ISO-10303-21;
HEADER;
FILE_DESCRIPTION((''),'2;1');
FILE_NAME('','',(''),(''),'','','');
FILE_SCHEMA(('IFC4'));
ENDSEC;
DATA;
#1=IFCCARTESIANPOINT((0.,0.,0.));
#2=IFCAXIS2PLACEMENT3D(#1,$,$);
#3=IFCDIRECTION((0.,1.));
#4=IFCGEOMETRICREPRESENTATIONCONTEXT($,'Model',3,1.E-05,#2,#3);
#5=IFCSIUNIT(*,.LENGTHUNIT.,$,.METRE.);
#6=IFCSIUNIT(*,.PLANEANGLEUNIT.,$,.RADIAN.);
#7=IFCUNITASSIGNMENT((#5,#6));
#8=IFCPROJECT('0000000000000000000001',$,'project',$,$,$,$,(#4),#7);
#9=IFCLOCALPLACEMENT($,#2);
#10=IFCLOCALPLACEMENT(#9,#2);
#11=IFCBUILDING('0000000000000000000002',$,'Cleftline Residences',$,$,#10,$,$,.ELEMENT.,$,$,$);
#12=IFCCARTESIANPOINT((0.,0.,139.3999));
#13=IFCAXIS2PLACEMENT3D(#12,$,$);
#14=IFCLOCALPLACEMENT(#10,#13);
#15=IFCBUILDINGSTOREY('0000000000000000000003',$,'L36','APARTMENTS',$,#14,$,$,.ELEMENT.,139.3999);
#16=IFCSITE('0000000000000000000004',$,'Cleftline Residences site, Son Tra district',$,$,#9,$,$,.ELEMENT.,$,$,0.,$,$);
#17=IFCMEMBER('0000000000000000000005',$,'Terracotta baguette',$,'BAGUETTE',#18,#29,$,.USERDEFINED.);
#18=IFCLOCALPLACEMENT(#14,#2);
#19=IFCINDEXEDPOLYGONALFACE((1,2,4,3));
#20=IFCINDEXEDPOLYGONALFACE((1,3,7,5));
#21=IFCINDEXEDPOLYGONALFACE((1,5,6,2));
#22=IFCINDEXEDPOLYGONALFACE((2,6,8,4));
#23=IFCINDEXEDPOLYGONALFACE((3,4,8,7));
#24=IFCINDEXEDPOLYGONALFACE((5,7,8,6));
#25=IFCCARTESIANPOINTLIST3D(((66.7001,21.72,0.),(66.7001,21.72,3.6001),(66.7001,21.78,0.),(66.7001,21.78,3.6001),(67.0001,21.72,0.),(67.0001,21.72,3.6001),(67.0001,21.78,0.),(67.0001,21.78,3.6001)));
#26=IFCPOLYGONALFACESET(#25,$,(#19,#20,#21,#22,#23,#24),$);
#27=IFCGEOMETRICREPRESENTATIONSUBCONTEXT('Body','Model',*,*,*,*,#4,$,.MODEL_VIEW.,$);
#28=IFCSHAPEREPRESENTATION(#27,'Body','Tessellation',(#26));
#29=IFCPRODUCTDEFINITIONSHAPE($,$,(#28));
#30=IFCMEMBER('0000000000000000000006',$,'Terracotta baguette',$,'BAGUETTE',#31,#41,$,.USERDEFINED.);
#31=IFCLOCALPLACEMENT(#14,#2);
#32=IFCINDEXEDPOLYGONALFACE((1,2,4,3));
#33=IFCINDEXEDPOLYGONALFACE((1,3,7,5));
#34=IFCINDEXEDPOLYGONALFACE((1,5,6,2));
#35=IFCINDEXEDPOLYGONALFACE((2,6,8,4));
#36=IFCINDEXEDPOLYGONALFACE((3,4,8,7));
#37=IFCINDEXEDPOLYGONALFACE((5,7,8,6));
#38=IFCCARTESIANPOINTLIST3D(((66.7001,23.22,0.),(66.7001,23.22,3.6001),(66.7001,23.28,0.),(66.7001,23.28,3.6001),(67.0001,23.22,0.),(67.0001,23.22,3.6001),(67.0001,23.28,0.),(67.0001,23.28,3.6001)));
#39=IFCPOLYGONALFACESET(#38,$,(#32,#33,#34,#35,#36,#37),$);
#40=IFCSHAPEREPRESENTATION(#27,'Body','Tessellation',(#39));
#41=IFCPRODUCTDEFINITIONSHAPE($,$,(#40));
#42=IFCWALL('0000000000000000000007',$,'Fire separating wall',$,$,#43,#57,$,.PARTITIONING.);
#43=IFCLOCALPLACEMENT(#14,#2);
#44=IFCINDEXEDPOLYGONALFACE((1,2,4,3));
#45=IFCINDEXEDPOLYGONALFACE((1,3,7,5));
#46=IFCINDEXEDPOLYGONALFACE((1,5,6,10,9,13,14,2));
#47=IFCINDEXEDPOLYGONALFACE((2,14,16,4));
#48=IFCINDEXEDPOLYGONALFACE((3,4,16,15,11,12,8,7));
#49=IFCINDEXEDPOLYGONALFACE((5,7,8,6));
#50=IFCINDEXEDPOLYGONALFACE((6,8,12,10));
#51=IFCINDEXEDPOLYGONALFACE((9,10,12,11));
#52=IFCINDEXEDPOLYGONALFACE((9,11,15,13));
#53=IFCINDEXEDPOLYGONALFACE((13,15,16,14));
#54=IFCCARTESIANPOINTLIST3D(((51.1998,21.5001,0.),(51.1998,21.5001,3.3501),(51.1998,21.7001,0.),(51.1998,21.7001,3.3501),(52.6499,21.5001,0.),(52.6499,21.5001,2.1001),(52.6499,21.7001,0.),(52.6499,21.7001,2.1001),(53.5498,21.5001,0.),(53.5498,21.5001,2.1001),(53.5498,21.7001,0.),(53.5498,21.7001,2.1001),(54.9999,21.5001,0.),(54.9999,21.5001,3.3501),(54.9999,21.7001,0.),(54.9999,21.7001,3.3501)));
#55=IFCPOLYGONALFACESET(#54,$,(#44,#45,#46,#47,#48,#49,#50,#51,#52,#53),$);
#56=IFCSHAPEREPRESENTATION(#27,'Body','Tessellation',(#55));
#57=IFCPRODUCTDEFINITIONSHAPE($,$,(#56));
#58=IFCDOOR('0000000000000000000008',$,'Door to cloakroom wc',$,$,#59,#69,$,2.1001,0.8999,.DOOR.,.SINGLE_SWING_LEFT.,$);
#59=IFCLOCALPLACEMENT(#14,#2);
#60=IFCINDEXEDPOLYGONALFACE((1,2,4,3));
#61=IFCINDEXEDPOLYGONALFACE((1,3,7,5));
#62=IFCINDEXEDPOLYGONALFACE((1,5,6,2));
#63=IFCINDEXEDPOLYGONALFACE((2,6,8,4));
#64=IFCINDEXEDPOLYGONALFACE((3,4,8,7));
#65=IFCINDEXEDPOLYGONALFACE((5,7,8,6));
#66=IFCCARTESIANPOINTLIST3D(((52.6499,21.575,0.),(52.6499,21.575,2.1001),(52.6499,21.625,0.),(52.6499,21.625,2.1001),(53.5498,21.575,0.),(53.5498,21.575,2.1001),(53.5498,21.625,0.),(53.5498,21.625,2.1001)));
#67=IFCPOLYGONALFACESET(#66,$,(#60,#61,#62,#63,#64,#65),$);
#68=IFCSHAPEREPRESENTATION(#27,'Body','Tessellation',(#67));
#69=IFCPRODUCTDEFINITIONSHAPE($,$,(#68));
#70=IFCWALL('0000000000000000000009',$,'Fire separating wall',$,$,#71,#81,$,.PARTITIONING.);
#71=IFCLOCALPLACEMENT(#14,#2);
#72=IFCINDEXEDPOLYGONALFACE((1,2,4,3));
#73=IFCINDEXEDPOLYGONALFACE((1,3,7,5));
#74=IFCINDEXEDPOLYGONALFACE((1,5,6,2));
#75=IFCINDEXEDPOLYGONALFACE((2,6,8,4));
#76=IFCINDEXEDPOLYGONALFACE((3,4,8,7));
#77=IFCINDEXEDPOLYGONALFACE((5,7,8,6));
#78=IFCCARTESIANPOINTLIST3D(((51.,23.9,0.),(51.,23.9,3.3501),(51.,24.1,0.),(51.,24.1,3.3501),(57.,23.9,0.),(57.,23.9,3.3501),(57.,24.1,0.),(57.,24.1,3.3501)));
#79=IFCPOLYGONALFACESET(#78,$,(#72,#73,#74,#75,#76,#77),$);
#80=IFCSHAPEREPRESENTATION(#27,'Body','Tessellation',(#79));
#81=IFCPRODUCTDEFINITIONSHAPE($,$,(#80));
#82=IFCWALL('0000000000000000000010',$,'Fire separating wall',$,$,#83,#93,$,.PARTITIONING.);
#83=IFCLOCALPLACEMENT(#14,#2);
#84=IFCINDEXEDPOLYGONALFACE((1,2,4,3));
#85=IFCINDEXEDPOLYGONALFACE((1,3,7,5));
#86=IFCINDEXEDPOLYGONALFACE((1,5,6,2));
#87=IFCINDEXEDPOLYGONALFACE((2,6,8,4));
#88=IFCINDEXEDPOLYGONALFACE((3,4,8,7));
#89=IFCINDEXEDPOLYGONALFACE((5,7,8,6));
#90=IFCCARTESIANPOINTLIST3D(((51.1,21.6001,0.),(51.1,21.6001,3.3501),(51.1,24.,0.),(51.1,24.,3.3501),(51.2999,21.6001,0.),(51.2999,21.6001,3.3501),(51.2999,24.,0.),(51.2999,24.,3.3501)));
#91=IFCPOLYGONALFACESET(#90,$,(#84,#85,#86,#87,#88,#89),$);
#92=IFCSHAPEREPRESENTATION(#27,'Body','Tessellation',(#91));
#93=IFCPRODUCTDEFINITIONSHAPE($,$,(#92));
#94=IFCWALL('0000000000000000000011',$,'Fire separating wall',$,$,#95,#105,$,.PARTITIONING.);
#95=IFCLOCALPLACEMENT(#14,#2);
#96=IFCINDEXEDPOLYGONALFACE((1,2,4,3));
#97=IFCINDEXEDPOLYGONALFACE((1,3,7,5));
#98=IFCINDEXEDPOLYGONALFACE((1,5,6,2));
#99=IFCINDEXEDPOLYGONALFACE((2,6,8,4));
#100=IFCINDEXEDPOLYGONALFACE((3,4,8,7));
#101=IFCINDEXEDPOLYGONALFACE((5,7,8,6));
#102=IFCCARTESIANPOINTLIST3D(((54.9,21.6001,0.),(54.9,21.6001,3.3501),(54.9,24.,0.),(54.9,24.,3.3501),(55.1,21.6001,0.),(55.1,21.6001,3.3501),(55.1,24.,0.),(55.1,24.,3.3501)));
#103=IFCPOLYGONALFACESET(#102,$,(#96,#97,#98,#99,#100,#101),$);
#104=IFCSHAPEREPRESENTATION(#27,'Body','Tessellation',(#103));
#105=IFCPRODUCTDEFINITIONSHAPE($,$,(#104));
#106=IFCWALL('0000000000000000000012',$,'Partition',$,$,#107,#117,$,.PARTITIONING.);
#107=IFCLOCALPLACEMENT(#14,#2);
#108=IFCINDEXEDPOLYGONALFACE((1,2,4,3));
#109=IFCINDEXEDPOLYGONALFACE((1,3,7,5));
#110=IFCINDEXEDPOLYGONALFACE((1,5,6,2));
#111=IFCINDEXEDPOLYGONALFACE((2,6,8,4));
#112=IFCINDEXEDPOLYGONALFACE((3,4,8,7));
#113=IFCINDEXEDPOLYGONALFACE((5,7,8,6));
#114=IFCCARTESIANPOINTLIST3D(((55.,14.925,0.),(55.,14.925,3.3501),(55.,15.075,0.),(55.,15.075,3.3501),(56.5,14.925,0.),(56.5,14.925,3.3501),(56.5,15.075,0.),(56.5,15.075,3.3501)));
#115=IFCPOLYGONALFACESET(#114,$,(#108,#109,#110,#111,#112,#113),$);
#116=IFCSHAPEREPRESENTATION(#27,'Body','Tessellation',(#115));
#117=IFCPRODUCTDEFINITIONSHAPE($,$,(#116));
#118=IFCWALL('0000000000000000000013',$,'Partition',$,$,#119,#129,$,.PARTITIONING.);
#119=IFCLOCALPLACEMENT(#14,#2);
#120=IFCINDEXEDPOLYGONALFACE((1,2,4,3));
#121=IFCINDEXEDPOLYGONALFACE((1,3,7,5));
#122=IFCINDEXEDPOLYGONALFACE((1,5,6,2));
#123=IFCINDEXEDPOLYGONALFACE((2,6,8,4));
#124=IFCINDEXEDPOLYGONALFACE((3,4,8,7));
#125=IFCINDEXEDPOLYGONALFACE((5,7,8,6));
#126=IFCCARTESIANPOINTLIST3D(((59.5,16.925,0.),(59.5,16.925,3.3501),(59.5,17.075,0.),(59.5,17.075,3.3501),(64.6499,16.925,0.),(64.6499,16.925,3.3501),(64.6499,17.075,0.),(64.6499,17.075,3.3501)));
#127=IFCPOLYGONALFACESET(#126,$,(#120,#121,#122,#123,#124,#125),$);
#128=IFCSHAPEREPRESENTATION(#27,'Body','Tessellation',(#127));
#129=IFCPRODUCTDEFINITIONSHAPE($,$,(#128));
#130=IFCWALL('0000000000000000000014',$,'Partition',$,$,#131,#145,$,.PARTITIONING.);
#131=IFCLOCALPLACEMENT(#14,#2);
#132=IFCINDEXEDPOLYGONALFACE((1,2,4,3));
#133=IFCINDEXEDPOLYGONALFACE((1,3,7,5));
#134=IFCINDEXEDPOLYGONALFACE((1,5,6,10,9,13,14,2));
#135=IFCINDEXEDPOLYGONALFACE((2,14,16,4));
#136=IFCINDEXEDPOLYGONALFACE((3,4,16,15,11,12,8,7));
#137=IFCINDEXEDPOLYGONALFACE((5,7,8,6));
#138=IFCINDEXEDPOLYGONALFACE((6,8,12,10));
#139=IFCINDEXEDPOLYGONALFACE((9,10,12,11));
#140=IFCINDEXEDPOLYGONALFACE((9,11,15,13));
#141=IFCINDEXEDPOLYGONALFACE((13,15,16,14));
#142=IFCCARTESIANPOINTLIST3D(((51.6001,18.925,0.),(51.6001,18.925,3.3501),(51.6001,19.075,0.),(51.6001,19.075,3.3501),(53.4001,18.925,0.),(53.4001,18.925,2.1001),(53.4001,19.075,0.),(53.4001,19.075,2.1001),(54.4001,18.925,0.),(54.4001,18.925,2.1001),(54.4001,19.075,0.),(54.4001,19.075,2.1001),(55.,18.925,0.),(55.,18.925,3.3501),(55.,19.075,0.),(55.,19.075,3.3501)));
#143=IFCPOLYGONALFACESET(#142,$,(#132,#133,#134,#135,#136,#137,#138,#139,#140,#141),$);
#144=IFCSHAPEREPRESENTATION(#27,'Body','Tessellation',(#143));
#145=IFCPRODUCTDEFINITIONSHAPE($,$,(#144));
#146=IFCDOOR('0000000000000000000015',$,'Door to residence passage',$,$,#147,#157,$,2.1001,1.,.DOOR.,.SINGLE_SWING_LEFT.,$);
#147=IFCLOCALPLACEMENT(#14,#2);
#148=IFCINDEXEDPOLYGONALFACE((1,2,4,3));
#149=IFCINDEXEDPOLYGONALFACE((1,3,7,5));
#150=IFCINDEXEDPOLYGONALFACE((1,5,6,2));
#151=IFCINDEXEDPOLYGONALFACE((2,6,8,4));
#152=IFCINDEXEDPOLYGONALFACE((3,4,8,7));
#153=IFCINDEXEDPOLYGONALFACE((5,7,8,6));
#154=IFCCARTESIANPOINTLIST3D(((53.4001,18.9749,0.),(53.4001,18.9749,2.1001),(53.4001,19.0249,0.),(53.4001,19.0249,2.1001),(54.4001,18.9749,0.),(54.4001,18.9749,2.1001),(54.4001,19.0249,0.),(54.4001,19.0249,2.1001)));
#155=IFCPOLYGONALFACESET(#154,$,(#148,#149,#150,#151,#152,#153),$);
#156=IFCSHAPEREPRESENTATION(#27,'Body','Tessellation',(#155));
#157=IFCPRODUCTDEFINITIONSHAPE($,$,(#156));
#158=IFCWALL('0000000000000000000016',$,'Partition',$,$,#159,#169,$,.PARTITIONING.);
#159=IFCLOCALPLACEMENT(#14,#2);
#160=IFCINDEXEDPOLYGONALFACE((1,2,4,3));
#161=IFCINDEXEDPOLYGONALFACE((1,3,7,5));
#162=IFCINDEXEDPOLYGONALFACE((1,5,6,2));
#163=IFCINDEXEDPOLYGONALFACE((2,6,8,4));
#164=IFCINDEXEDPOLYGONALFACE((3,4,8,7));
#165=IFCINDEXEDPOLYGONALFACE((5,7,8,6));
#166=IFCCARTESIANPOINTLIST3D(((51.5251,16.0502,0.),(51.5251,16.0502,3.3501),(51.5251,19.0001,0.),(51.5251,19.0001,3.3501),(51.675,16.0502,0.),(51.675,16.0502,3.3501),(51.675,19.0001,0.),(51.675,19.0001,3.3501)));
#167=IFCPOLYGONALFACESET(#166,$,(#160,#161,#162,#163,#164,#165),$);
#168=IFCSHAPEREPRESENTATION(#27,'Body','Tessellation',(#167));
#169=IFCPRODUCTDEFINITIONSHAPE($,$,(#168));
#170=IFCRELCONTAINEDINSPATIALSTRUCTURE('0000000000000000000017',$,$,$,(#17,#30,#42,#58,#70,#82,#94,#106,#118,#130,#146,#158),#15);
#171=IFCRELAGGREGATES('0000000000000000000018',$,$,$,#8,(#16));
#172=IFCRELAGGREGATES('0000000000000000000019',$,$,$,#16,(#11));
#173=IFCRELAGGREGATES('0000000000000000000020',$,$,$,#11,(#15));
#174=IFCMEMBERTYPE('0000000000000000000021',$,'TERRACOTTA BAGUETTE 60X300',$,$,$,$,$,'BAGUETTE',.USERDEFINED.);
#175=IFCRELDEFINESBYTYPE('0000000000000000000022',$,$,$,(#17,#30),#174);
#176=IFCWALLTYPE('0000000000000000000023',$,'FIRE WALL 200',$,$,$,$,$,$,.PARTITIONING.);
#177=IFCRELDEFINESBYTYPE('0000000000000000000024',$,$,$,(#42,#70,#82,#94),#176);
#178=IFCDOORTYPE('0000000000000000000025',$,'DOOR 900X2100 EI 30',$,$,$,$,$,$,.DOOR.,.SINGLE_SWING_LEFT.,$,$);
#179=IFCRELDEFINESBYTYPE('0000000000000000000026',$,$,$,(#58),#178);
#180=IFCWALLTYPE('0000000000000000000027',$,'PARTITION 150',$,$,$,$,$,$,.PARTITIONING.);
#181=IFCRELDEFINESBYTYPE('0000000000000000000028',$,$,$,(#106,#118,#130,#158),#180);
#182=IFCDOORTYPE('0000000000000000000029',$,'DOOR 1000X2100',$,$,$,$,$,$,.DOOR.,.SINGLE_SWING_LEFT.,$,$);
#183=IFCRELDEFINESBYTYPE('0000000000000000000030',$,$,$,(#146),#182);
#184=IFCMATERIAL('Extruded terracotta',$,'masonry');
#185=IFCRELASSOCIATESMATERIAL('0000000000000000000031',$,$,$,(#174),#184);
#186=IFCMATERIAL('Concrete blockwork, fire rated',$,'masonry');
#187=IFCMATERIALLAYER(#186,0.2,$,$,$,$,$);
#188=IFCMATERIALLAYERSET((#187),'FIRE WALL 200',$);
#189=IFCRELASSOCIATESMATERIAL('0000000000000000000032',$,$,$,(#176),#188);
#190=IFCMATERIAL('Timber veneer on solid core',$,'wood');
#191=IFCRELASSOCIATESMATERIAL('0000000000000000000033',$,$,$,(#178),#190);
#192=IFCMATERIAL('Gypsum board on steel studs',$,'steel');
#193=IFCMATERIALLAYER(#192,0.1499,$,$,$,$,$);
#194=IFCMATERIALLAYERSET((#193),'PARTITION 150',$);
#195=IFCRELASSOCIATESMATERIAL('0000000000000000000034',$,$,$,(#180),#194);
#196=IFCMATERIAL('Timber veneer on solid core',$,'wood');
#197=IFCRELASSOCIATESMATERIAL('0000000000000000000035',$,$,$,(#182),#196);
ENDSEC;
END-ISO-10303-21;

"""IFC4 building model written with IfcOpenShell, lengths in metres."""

from ifc_helpers import new_model, si_unit, direction, frame, frame_2d, origin, origin_2d, place, context, subcontext, project, spatial, rectangle, extrude, material, layer, layer_set, material_profile, profile_set, type_object, element, fill, save


model = new_model("IFC4")

# Units and contexts
model_context = context("Model", 3, precision=1e-05, world=origin(), true_north=direction((0.0, 1.0)))
body_context = subcontext(model_context, "Body", "Model", "MODEL_VIEW")
ifc_project = project(units=[si_unit("LENGTHUNIT", "METRE"), si_unit("PLANEANGLEUNIT", "RADIAN")], contexts=[model_context])

# Site, building, storey
site_placement = place(None, origin())
site = spatial("IfcSite", under=ifc_project, at=site_placement, Name="Cleftline Residences site, Son Tra district", CompositionType="ELEMENT", RefElevation=0.0)
building_placement = place(site_placement, origin())
building = spatial("IfcBuilding", under=site, at=building_placement, Name="Cleftline Residences", CompositionType="ELEMENT")
storey_placement = place(building_placement, frame((0.0, 0.0, 139.3999)))
storey = spatial("IfcBuildingStorey", under=building, at=storey_placement, Name="L36", Description="APARTMENTS", CompositionType="ELEMENT", Elevation=139.3999)

# Members
ifc_material_1 = material(Name="Extruded terracotta", Category="masonry")
ifc_material_profile_1 = material_profile(ifc_material_1, rectangle(XDim=0.0601, YDim=0.3, at=origin_2d()))
ifc_profile_set_1 = profile_set([ifc_material_profile_1], Name="Extruded terracotta")
member_type_1 = type_object("IfcMemberType", Name="TERRACOTTA BAGUETTE 60X300", ElementType="BAGUETTE", PredefinedType="USERDEFINED", material=ifc_profile_set_1)
for number, where, z_axis, x_axis, name in (
    (1, (66.8501, 21.75, 0.0), (0.0, 0.0, 1.0), (0.0, 1.0, 0.0), "Terracotta baguette"),
    (2, (66.8501, 23.25, 0.0), (0.0, 0.0, 1.0), (0.0, 1.0, 0.0), "Terracotta baguette"),
):
    element("IfcMember", number, at=place(storey_placement, frame(where, z_axis=z_axis, x_axis=x_axis)), inside=storey, type_object=member_type_1, Name=name, ObjectType="BAGUETTE", PredefinedType="USERDEFINED", context=body_context, shape_type="SweptSolid", body=[
        extrude(rectangle(XDim=0.0601, YDim=0.3, at=origin_2d()), origin(), (0.0, 0.0, 1.0), 3.6001),
    ])

# Wall, opening, door
ifc_material_2 = material(Name="Concrete blockwork, fire rated", Category="masonry")
ifc_layer_1 = layer(ifc_material_2, 0.2)
ifc_layer_set_1 = layer_set([ifc_layer_1], Name="FIRE WALL 200")
wall_type_1 = type_object("IfcWallType", Name="FIRE WALL 200", PredefinedType="PARTITIONING", material=ifc_layer_set_1)
wall_1_placement = place(storey_placement, frame((51.2, 21.6001, 0.0), z_axis=(0.0, 0.0, 1.0), x_axis=(1.0, 0.0, 0.0)))
wall_1 = element("IfcWall", 3, at=wall_1_placement, inside=storey, type_object=wall_type_1, Name="Fire separating wall", PredefinedType="PARTITIONING", context=body_context, shape_type="SweptSolid", body=[
    extrude(rectangle(XDim=3.8, YDim=0.2, at=frame_2d((1.8999, 0.0))), origin(), (0.0, 0.0, 1.0), 3.3501),
])
opening_1_placement = place(wall_1_placement, frame((1.45, 0.0, 0.0)))
opening_1 = element("IfcOpeningElement", 4, at=opening_1_placement, cuts=wall_1, PredefinedType="OPENING", context=body_context, shape_type="SweptSolid", body=[
    extrude(rectangle(XDim=0.8999, YDim=2.1001, at=frame_2d((0.45, 1.05))), frame((0.0, 0.1099, 0.0), z_axis=(0.0, -1.0, 0.0), x_axis=(1.0, 0.0, 0.0)), (0.0, 0.0, 1.0), 0.22),
])
ifc_material_3 = material(Name="Timber veneer on solid core", Category="wood")
door_type_1 = type_object("IfcDoorType", Name="DOOR 900X2100 EI 30", OperationType="SINGLE_SWING_LEFT", PredefinedType="DOOR", material=ifc_material_3)
door_1_placement = place(opening_1_placement, origin())
door_1 = element("IfcDoor", 5, at=door_1_placement, inside=storey, type_object=door_type_1, Name="Door to cloakroom wc", OperationType="SINGLE_SWING_LEFT", OverallHeight=2.1001, OverallWidth=0.8999, PredefinedType="DOOR", context=body_context, shape_type="SweptSolid", body=[
    extrude(rectangle(XDim=0.8999, YDim=2.1001, at=frame_2d((0.45, 1.05))), frame((0.0, 0.0249, 0.0), z_axis=(0.0, -1.0, 0.0), x_axis=(1.0, 0.0, 0.0)), (0.0, 0.0, 1.0), 0.05),
])
fill(opening_1, door_1)

# Walls
wall_2_placement = place(storey_placement, frame((51.0, 24.0, 0.0), z_axis=(0.0, 0.0, 1.0), x_axis=(1.0, 0.0, 0.0)))
element("IfcWall", 6, at=wall_2_placement, inside=storey, type_object=wall_type_1, Name="Fire separating wall", PredefinedType="PARTITIONING", context=body_context, shape_type="SweptSolid", body=[
    extrude(rectangle(XDim=6.0, YDim=0.2, at=frame_2d((3.0, 0.0))), origin(), (0.0, 0.0, 1.0), 3.3501),
])
for number, where, z_axis, x_axis, name in (
    (7, (51.2, 21.6001, 0.0), (0.0, 0.0, 1.0), (0.0, 1.0, 0.0), "Fire separating wall"),
    (8, (55.0, 21.6001, 0.0), (0.0, 0.0, 1.0), (0.0, 1.0, 0.0), "Fire separating wall"),
):
    element("IfcWall", number, at=place(storey_placement, frame(where, z_axis=z_axis, x_axis=x_axis)), inside=storey, type_object=wall_type_1, Name=name, PredefinedType="PARTITIONING", context=body_context, shape_type="SweptSolid", body=[
        extrude(rectangle(XDim=2.3999, YDim=0.2, at=frame_2d((1.2, 0.0))), origin(), (0.0, 0.0, 1.0), 3.3501),
    ])
ifc_material_4 = material(Name="Gypsum board on steel studs", Category="steel")
ifc_layer_2 = layer(ifc_material_4, 0.1499)
ifc_layer_set_2 = layer_set([ifc_layer_2], Name="PARTITION 150")
wall_type_2 = type_object("IfcWallType", Name="PARTITION 150", PredefinedType="PARTITIONING", material=ifc_layer_set_2)
wall_3_placement = place(storey_placement, frame((55.0, 15.0, 0.0), z_axis=(0.0, 0.0, 1.0), x_axis=(1.0, 0.0, 0.0)))
element("IfcWall", 9, at=wall_3_placement, inside=storey, type_object=wall_type_2, Name="Partition", PredefinedType="PARTITIONING", context=body_context, shape_type="SweptSolid", body=[
    extrude(rectangle(XDim=1.5, YDim=0.1499, at=frame_2d((0.75, 0.0))), origin(), (0.0, 0.0, 1.0), 3.3501),
])
wall_4_placement = place(storey_placement, frame((59.5, 17.0, 0.0), z_axis=(0.0, 0.0, 1.0), x_axis=(1.0, 0.0, 0.0)))
element("IfcWall", 10, at=wall_4_placement, inside=storey, type_object=wall_type_2, Name="Partition", PredefinedType="PARTITIONING", context=body_context, shape_type="SweptSolid", body=[
    extrude(rectangle(XDim=5.1499, YDim=0.1499, at=frame_2d((2.575, 0.0))), origin(), (0.0, 0.0, 1.0), 3.3501),
])

# Wall, opening, door
wall_5_placement = place(storey_placement, frame((51.6001, 19.0, 0.0), z_axis=(0.0, 0.0, 1.0), x_axis=(1.0, 0.0, 0.0)))
wall_5 = element("IfcWall", 11, at=wall_5_placement, inside=storey, type_object=wall_type_2, Name="Partition", PredefinedType="PARTITIONING", context=body_context, shape_type="SweptSolid", body=[
    extrude(rectangle(XDim=3.3999, YDim=0.1499, at=frame_2d((1.7, 0.0))), origin(), (0.0, 0.0, 1.0), 3.3501),
])
opening_2_placement = place(wall_5_placement, frame((1.8, 0.0, 0.0)))
opening_2 = element("IfcOpeningElement", 12, at=opening_2_placement, cuts=wall_5, PredefinedType="OPENING", context=body_context, shape_type="SweptSolid", body=[
    extrude(rectangle(XDim=1.0, YDim=2.1001, at=frame_2d((0.5, 1.05))), frame((0.0, 0.085, 0.0), z_axis=(0.0, -1.0, 0.0), x_axis=(1.0, 0.0, 0.0)), (0.0, 0.0, 1.0), 0.1699),
])
ifc_material_5 = material(Name="Timber veneer on solid core", Category="wood")
door_type_2 = type_object("IfcDoorType", Name="DOOR 1000X2100", OperationType="SINGLE_SWING_LEFT", PredefinedType="DOOR", material=ifc_material_5)
door_2_placement = place(opening_2_placement, origin())
door_2 = element("IfcDoor", 13, at=door_2_placement, inside=storey, type_object=door_type_2, Name="Door to residence passage", OperationType="SINGLE_SWING_LEFT", OverallHeight=2.1001, OverallWidth=1.0, PredefinedType="DOOR", context=body_context, shape_type="SweptSolid", body=[
    extrude(rectangle(XDim=1.0, YDim=2.1001, at=frame_2d((0.5, 1.05))), frame((0.0, 0.0249, 0.0), z_axis=(0.0, -1.0, 0.0), x_axis=(1.0, 0.0, 0.0)), (0.0, 0.0, 1.0), 0.05),
])
fill(opening_2, door_2)

# Wall
wall_6_placement = place(storey_placement, frame((51.6001, 16.05, 0.0), z_axis=(0.0, 0.0, 1.0), x_axis=(0.0, 1.0, 0.0)))
element("IfcWall", 14, at=wall_6_placement, inside=storey, type_object=wall_type_2, Name="Partition", PredefinedType="PARTITIONING", context=body_context, shape_type="SweptSolid", body=[
    extrude(rectangle(XDim=2.95, YDim=0.1499, at=frame_2d((1.4751, 0.0))), origin(), (0.0, 0.0, 1.0), 3.3501),
])

save(model, "model.ifc")
